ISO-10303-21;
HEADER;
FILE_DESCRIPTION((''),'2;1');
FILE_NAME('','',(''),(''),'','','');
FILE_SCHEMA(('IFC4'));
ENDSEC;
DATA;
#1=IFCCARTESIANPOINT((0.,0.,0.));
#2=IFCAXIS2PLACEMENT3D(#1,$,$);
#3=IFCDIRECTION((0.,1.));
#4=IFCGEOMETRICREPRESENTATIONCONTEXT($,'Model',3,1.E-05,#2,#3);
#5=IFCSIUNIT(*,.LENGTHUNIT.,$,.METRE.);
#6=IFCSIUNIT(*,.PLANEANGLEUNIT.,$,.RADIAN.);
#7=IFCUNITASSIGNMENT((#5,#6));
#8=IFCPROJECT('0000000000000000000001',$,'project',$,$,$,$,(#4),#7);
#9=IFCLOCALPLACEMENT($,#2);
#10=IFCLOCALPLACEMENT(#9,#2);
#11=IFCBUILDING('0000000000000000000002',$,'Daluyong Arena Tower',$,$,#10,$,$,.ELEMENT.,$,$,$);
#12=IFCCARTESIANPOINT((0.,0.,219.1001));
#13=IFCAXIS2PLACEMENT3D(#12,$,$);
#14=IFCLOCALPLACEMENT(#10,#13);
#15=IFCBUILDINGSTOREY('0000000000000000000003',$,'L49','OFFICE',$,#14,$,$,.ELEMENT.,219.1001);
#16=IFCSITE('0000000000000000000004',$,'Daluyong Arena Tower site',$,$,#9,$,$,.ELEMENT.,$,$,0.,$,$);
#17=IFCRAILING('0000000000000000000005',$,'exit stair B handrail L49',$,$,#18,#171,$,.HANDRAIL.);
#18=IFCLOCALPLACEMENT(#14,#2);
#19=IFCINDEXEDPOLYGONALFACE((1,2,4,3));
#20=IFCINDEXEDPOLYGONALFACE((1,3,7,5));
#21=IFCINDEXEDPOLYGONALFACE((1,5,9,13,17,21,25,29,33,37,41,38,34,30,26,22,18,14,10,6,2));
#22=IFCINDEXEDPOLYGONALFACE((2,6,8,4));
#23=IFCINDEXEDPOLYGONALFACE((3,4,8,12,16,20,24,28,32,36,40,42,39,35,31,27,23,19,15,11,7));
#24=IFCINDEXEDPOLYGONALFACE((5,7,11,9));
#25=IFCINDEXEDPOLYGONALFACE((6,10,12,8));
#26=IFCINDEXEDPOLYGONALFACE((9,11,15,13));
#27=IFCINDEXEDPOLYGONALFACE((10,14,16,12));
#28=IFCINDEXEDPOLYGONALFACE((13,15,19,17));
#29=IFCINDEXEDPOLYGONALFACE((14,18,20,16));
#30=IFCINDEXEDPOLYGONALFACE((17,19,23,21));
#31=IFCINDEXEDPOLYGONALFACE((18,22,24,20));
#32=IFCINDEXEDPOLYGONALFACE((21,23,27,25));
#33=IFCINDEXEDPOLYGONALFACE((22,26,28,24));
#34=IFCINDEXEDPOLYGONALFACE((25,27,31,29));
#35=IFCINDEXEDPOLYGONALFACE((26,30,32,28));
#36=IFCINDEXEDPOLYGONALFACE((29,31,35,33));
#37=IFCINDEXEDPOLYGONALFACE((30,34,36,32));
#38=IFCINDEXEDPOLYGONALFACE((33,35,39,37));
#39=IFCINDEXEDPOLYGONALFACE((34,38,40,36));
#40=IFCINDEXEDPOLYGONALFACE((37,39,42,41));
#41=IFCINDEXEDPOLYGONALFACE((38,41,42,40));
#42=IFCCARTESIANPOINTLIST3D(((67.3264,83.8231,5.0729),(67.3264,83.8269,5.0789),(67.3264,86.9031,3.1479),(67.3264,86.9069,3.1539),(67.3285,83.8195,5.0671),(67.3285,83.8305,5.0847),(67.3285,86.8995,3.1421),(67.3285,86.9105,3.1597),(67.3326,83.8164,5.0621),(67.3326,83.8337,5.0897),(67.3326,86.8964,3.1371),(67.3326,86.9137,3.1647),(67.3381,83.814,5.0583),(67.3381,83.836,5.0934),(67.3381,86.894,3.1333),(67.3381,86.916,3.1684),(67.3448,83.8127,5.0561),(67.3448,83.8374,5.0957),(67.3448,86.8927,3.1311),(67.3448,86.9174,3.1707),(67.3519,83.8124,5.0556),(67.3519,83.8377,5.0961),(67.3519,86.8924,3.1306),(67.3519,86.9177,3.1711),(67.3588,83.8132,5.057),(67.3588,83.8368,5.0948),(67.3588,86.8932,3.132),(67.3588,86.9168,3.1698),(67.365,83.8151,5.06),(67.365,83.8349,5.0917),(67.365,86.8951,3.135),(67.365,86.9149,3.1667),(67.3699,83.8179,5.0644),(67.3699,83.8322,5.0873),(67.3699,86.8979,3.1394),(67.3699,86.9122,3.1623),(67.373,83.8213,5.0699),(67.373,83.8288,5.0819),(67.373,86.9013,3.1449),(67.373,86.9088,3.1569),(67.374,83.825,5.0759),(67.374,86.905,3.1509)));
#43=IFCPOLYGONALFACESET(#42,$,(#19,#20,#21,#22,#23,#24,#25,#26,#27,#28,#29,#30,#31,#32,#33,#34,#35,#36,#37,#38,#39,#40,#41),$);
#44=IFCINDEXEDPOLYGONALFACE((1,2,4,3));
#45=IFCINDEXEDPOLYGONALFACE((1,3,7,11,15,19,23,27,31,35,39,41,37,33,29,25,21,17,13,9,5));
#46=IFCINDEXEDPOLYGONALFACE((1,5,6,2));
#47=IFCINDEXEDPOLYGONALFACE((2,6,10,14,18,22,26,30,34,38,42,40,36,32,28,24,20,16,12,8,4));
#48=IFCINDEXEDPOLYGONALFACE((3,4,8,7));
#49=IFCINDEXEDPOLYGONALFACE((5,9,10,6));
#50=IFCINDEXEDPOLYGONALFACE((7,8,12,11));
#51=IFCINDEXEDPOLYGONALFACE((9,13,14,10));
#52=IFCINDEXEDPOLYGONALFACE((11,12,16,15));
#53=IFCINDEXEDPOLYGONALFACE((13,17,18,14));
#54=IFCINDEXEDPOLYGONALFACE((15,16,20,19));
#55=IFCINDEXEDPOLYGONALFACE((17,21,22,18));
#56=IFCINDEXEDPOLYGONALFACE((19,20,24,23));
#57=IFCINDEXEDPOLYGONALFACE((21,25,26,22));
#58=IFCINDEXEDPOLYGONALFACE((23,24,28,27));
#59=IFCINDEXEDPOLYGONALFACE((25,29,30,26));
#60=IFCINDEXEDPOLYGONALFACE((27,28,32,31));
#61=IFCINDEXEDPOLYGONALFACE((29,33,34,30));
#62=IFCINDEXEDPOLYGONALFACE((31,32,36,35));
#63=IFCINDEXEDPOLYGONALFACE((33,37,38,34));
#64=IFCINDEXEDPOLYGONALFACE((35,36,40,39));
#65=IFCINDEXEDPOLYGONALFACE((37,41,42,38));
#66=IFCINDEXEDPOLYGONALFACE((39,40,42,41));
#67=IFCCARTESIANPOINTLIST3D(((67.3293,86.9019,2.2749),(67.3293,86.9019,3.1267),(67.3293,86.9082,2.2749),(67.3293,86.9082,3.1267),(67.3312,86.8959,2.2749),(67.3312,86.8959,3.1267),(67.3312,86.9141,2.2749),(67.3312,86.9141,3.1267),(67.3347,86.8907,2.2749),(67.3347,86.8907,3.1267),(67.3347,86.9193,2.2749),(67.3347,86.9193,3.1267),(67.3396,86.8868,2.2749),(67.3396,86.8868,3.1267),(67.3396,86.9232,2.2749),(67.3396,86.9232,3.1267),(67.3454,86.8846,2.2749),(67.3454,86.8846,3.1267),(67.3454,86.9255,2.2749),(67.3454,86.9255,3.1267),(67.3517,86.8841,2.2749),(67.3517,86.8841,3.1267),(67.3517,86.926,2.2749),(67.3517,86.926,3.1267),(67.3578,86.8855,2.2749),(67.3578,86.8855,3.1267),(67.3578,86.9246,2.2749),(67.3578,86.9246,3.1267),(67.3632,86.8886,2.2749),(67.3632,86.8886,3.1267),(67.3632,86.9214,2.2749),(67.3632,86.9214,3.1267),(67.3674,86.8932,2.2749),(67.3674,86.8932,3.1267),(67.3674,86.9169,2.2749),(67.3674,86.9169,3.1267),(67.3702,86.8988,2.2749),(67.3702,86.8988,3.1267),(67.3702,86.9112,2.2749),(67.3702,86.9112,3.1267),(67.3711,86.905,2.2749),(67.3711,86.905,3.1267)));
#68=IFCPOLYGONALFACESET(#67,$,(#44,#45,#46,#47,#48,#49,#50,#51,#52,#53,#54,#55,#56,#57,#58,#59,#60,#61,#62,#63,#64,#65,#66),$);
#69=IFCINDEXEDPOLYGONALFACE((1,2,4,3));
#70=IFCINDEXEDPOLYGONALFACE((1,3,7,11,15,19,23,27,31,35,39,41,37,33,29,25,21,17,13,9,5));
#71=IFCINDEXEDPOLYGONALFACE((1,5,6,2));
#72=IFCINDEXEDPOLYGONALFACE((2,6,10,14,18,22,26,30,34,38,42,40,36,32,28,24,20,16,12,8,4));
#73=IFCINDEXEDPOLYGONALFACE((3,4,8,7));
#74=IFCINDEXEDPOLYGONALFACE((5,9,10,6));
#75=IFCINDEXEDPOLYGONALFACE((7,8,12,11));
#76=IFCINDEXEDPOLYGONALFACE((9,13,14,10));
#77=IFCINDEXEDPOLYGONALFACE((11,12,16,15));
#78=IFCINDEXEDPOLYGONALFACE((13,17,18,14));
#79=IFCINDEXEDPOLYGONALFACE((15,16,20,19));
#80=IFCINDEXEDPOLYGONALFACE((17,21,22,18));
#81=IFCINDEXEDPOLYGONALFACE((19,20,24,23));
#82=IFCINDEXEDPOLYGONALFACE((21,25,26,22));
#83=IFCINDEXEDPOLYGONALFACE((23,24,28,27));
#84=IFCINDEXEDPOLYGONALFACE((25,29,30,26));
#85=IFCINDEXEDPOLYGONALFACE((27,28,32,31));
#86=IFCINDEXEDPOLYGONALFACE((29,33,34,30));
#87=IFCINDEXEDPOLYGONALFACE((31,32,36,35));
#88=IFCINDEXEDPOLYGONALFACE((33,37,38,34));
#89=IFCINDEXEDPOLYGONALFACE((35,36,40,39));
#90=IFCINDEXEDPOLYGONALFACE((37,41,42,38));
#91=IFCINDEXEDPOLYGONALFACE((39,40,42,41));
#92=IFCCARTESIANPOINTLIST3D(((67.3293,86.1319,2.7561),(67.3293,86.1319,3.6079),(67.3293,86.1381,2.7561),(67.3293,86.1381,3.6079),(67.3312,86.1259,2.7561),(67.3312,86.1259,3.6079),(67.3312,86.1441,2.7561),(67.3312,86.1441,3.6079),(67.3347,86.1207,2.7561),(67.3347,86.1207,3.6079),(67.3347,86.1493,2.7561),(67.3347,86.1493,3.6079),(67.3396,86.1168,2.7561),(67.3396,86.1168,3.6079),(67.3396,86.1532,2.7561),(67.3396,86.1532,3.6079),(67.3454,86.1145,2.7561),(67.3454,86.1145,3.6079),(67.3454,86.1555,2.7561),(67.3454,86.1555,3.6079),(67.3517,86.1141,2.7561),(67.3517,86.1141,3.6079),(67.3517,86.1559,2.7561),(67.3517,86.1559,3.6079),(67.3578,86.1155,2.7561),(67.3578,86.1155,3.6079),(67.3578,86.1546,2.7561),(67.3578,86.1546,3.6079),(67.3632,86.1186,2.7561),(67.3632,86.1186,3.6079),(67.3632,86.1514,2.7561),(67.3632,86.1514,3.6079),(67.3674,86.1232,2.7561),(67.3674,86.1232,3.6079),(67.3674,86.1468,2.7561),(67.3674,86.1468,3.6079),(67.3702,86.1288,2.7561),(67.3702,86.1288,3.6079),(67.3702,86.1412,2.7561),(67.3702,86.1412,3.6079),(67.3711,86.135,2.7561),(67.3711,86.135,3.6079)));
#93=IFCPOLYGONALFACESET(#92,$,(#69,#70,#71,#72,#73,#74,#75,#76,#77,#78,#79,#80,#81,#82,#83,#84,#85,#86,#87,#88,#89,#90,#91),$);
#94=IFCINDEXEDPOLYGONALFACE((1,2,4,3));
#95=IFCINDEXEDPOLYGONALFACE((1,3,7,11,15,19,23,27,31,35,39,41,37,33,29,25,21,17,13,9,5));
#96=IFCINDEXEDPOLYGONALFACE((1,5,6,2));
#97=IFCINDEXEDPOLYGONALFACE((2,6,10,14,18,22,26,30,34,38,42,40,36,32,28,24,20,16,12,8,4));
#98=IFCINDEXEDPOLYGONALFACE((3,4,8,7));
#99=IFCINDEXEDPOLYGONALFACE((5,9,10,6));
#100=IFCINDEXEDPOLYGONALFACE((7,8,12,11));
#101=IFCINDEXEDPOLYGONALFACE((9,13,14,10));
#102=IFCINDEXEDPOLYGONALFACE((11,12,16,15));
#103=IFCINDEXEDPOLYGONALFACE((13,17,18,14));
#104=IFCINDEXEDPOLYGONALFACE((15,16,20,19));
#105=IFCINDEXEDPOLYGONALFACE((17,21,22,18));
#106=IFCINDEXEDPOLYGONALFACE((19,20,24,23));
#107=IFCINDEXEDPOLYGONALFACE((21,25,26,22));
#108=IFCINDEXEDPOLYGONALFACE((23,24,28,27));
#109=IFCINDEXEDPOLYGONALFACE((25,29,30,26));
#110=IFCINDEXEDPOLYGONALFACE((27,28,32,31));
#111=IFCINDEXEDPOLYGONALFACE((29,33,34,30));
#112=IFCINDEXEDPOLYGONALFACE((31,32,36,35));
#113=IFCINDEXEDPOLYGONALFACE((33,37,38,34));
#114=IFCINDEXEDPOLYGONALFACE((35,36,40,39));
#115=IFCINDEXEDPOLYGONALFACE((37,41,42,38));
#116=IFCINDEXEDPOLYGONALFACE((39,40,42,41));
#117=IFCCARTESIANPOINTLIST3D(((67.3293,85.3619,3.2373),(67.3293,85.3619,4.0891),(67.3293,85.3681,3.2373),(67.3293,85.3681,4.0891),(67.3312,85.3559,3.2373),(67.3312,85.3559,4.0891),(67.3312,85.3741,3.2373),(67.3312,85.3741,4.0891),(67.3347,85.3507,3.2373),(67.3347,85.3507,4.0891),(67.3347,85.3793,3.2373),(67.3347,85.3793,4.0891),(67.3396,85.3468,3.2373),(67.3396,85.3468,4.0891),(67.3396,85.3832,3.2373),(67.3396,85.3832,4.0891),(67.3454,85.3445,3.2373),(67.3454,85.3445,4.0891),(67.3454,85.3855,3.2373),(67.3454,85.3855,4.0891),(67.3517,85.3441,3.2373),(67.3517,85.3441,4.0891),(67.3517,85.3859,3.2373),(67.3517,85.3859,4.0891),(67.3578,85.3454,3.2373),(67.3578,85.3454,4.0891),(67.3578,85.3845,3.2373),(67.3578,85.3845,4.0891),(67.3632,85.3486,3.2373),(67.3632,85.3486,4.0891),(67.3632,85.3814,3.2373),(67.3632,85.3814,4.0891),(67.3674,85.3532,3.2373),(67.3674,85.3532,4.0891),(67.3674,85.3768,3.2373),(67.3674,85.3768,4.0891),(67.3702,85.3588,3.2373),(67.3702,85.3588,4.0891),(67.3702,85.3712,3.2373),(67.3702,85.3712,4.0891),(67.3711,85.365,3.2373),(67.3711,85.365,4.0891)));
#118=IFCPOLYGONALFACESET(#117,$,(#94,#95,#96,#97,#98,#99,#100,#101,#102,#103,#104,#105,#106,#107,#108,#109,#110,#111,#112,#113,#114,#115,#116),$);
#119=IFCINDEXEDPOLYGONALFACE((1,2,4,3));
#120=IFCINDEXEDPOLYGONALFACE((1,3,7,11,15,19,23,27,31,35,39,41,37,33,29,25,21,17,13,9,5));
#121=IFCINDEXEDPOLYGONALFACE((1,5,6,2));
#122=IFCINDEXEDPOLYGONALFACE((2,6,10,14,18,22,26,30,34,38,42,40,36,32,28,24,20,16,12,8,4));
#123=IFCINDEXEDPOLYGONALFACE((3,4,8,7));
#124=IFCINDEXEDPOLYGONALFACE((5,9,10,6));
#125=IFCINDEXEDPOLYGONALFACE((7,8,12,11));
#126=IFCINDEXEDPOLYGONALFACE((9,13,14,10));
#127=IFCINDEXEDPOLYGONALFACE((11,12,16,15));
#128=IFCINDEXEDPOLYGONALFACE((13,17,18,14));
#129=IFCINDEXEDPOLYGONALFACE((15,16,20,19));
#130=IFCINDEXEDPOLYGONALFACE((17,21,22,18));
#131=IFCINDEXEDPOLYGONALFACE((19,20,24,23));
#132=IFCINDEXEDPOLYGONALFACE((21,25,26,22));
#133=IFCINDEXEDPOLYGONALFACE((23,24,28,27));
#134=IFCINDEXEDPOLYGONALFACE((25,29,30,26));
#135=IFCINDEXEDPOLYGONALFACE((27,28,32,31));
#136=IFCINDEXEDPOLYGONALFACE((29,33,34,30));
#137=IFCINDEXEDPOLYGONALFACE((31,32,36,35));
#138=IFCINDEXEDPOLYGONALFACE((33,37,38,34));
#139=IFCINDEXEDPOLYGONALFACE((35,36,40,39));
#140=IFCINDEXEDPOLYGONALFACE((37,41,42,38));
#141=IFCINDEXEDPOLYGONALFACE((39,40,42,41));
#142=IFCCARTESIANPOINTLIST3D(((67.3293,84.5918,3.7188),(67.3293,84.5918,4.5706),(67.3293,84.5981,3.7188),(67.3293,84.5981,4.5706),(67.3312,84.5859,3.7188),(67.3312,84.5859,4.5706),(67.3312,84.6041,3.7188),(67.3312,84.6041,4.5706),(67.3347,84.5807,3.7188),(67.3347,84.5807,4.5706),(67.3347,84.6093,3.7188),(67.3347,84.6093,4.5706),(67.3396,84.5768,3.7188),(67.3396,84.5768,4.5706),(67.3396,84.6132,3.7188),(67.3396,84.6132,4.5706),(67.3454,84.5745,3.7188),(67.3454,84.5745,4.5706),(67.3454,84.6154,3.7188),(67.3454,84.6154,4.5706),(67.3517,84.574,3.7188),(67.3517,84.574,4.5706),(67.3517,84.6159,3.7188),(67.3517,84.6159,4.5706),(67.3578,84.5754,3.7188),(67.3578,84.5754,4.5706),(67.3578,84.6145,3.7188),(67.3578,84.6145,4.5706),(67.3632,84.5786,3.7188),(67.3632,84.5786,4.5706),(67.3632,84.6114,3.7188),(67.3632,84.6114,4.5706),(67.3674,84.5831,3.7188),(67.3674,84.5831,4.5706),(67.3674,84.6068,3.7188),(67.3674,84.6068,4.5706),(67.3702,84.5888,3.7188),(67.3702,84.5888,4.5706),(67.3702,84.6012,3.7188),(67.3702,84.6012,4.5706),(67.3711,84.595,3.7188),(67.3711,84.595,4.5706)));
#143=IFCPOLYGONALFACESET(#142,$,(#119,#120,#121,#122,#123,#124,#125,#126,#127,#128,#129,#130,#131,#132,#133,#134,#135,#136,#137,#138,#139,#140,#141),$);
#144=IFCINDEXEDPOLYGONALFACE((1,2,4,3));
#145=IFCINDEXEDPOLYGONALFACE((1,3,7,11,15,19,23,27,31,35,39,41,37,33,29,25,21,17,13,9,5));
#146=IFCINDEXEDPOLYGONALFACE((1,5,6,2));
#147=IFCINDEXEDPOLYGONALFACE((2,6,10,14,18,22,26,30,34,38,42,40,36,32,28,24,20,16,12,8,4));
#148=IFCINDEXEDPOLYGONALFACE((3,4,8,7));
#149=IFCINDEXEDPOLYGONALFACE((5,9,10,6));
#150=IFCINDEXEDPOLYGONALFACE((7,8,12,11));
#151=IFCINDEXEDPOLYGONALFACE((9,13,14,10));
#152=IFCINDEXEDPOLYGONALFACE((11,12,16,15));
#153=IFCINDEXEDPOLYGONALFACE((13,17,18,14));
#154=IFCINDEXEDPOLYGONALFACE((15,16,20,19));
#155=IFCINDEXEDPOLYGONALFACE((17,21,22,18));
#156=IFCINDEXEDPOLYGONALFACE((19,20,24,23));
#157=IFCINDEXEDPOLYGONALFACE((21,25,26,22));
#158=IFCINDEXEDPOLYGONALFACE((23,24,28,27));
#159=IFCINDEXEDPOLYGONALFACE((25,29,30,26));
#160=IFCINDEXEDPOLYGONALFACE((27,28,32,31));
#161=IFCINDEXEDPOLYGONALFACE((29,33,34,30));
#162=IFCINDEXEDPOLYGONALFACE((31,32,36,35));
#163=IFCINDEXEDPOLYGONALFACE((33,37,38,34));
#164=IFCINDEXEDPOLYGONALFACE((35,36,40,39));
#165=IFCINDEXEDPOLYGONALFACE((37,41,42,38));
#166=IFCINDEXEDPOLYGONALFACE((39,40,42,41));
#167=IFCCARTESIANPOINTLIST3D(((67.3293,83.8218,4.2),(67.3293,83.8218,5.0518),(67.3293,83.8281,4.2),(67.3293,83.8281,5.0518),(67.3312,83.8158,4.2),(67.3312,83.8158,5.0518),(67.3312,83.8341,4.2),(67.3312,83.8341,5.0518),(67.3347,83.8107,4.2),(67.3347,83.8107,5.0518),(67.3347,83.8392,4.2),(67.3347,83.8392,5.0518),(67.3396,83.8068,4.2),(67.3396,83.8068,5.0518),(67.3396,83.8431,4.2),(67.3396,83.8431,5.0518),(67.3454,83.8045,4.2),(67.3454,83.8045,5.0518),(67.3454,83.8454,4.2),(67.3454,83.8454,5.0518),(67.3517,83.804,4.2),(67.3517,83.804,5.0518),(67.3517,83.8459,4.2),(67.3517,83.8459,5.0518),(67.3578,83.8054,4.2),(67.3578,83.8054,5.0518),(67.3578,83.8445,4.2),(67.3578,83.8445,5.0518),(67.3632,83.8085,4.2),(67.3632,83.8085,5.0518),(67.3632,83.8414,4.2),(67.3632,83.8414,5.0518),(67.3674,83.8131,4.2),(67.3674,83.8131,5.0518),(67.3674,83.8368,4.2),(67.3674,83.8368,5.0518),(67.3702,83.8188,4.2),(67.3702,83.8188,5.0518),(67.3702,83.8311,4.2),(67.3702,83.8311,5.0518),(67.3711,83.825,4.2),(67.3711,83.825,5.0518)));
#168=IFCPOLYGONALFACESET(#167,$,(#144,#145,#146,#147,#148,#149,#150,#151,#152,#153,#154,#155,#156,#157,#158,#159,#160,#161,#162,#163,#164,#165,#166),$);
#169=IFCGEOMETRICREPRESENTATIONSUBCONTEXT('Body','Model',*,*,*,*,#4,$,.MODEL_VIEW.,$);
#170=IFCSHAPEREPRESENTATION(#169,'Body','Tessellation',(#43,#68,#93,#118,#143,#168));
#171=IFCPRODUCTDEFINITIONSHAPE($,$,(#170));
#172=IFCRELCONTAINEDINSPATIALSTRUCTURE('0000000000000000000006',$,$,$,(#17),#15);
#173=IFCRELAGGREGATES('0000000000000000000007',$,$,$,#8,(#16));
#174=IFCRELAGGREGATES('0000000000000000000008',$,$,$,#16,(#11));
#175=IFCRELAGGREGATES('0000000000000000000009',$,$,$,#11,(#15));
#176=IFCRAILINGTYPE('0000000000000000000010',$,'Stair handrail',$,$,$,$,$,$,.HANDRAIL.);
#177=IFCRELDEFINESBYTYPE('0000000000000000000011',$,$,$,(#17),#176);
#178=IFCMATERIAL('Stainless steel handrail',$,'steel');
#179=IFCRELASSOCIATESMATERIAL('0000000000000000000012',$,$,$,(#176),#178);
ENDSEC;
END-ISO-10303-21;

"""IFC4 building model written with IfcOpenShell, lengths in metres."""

from ifc_helpers import new_model, si_unit, direction, frame, origin, origin_2d, place, context, subcontext, project, spatial, circle, extrude, material, type_object, element, save


model = new_model("IFC4")

# Units and contexts
model_context = context("Model", 3, precision=1e-05, world=origin(), true_north=direction((0.0, 1.0)))
body_context = subcontext(model_context, "Body", "Model", "MODEL_VIEW")
ifc_project = project(units=[si_unit("LENGTHUNIT", "METRE"), si_unit("PLANEANGLEUNIT", "RADIAN")], contexts=[model_context])

# Site, building, storey
site_placement = place(None, origin())
site = spatial("IfcSite", under=ifc_project, at=site_placement, Name="Daluyong Arena Tower site", CompositionType="ELEMENT", RefElevation=0.0)
building_placement = place(site_placement, origin())
building = spatial("IfcBuilding", under=site, at=building_placement, Name="Daluyong Arena Tower", CompositionType="ELEMENT")
storey_placement = place(building_placement, frame((0.0, 0.0, 219.1001)))
storey = spatial("IfcBuildingStorey", under=building, at=storey_placement, Name="L49", Description="OFFICE", CompositionType="ELEMENT", Elevation=219.1001)

# Railing
ifc_material_1 = material(Name="Stainless steel handrail", Category="steel")
railing_type_1 = type_object("IfcRailingType", Name="Stair handrail", PredefinedType="HANDRAIL", material=ifc_material_1)
railing_1_placement = place(storey_placement, frame((67.3501, 86.905, 2.2749)))
element("IfcRailing", 1, at=railing_1_placement, inside=storey, type_object=railing_type_1, Name="exit stair B handrail L49", PredefinedType="HANDRAIL", context=body_context, shape_type="SweptSolid", body=[
    extrude(circle(Radius=0.0239, at=origin_2d()), frame((0.0, 0.0, 0.876), z_axis=(0.0, -0.847998, 0.529999), x_axis=(1.0, 0.0, 0.0)), (0.0, 0.0, 1.0), 3.6321),
    extrude(circle(Radius=0.021, at=origin_2d()), origin(), (0.0, 0.0, 1.0), 0.8518),
    extrude(circle(Radius=0.021, at=origin_2d()), frame((0.0, -0.77, 0.4812)), (0.0, 0.0, 1.0), 0.8518),
    extrude(circle(Radius=0.021, at=origin_2d()), frame((0.0, -1.54, 0.9624)), (0.0, 0.0, 1.0), 0.8518),
    extrude(circle(Radius=0.021, at=origin_2d()), frame((0.0, -2.3101, 1.4438)), (0.0, 0.0, 1.0), 0.8518),
    extrude(circle(Radius=0.021, at=origin_2d()), frame((0.0, -3.0801, 1.925)), (0.0, 0.0, 1.0), 0.8518),
])

save(model, "model.ifc")
